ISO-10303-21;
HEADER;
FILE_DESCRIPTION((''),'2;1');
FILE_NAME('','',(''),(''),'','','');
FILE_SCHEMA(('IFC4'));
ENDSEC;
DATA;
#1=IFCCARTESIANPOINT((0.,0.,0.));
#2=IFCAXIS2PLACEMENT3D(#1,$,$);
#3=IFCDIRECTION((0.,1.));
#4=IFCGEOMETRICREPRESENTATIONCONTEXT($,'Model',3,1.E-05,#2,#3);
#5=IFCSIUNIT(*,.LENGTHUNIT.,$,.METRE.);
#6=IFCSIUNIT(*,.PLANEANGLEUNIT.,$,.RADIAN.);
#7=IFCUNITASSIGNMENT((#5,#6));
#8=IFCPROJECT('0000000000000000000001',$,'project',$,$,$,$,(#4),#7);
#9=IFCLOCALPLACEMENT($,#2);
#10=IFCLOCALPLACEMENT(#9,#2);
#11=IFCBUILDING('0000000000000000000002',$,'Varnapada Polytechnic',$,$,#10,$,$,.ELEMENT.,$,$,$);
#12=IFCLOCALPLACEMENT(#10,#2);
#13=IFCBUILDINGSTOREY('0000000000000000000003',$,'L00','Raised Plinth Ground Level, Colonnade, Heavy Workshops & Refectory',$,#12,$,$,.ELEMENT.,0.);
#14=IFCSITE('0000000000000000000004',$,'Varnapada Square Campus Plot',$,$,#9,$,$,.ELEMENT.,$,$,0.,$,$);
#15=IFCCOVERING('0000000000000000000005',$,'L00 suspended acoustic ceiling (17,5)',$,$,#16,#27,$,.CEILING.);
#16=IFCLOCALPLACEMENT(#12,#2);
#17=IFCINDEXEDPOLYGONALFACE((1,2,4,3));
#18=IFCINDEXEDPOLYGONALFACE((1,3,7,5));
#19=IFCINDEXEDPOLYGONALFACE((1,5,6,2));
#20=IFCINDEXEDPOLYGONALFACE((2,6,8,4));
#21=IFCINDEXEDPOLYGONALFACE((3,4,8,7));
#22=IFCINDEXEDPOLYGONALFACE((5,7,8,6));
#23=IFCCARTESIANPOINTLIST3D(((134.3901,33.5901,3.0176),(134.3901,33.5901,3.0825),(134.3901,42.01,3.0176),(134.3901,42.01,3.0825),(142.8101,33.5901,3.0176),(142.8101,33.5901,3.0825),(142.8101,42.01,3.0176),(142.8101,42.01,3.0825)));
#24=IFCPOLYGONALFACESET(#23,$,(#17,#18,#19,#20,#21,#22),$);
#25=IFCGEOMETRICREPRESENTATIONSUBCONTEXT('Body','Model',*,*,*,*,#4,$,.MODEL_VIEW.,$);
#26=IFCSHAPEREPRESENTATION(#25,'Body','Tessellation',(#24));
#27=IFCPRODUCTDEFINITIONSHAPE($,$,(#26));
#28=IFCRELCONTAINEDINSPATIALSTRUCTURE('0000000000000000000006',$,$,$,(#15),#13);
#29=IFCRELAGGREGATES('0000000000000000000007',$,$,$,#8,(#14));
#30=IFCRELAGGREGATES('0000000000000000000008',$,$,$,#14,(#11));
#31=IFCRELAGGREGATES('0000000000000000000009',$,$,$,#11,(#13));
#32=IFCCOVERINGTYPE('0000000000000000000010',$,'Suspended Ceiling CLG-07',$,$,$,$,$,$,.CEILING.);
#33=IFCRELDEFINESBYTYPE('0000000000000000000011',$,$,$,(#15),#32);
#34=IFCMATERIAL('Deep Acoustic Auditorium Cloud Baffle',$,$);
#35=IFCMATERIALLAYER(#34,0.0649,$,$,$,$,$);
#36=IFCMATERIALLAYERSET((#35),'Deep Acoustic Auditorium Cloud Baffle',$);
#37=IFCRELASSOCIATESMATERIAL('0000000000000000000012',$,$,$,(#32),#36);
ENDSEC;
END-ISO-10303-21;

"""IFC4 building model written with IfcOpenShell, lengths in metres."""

from ifc_helpers import new_model, si_unit, direction, frame, origin, origin_2d, place, context, subcontext, project, spatial, rectangle, extrude, material, layer, layer_set, type_object, element, save


model = new_model("IFC4")

# Units and contexts
model_context = context("Model", 3, precision=1e-05, world=origin(), true_north=direction((0.0, 1.0)))
body_context = subcontext(model_context, "Body", "Model", "MODEL_VIEW")
ifc_project = project(units=[si_unit("LENGTHUNIT", "METRE"), si_unit("PLANEANGLEUNIT", "RADIAN")], contexts=[model_context])

# Site, building, storey
site_placement = place(None, origin())
site = spatial("IfcSite", under=ifc_project, at=site_placement, Name="Varnapada Square Campus Plot", CompositionType="ELEMENT", RefElevation=0.0)
building_placement = place(site_placement, origin())
building = spatial("IfcBuilding", under=site, at=building_placement, Name="Varnapada Polytechnic", CompositionType="ELEMENT")
storey_placement = place(building_placement, origin())
storey = spatial("IfcBuildingStorey", under=building, at=storey_placement, Name="L00", Description="Raised Plinth Ground Level, Colonnade, Heavy Workshops & Refectory", CompositionType="ELEMENT", Elevation=0.0)

# Covering
ifc_material_1 = material(Name="Deep Acoustic Auditorium Cloud Baffle")
ifc_layer_1 = layer(ifc_material_1, 0.0649)
ifc_layer_set_1 = layer_set([ifc_layer_1], Name="Deep Acoustic Auditorium Cloud Baffle")
covering_type = type_object("IfcCoveringType", Name="Suspended Ceiling CLG-07", PredefinedType="CEILING", material=ifc_layer_set_1)
covering_placement = place(storey_placement, frame((138.6001, 37.8, 3.0176), z_axis=(0.0, 0.0, 1.0), x_axis=(1.0, 0.0, 0.0)))
element("IfcCovering", 1, at=covering_placement, inside=storey, type_object=covering_type, Name="L00 suspended acoustic ceiling (17,5)", PredefinedType="CEILING", context=body_context, shape_type="SweptSolid", body=[
    extrude(rectangle(XDim=8.4199, YDim=8.4199, at=origin_2d()), origin(), (0.0, 0.0, 1.0), 0.0649),
])

save(model, "model.ifc")
